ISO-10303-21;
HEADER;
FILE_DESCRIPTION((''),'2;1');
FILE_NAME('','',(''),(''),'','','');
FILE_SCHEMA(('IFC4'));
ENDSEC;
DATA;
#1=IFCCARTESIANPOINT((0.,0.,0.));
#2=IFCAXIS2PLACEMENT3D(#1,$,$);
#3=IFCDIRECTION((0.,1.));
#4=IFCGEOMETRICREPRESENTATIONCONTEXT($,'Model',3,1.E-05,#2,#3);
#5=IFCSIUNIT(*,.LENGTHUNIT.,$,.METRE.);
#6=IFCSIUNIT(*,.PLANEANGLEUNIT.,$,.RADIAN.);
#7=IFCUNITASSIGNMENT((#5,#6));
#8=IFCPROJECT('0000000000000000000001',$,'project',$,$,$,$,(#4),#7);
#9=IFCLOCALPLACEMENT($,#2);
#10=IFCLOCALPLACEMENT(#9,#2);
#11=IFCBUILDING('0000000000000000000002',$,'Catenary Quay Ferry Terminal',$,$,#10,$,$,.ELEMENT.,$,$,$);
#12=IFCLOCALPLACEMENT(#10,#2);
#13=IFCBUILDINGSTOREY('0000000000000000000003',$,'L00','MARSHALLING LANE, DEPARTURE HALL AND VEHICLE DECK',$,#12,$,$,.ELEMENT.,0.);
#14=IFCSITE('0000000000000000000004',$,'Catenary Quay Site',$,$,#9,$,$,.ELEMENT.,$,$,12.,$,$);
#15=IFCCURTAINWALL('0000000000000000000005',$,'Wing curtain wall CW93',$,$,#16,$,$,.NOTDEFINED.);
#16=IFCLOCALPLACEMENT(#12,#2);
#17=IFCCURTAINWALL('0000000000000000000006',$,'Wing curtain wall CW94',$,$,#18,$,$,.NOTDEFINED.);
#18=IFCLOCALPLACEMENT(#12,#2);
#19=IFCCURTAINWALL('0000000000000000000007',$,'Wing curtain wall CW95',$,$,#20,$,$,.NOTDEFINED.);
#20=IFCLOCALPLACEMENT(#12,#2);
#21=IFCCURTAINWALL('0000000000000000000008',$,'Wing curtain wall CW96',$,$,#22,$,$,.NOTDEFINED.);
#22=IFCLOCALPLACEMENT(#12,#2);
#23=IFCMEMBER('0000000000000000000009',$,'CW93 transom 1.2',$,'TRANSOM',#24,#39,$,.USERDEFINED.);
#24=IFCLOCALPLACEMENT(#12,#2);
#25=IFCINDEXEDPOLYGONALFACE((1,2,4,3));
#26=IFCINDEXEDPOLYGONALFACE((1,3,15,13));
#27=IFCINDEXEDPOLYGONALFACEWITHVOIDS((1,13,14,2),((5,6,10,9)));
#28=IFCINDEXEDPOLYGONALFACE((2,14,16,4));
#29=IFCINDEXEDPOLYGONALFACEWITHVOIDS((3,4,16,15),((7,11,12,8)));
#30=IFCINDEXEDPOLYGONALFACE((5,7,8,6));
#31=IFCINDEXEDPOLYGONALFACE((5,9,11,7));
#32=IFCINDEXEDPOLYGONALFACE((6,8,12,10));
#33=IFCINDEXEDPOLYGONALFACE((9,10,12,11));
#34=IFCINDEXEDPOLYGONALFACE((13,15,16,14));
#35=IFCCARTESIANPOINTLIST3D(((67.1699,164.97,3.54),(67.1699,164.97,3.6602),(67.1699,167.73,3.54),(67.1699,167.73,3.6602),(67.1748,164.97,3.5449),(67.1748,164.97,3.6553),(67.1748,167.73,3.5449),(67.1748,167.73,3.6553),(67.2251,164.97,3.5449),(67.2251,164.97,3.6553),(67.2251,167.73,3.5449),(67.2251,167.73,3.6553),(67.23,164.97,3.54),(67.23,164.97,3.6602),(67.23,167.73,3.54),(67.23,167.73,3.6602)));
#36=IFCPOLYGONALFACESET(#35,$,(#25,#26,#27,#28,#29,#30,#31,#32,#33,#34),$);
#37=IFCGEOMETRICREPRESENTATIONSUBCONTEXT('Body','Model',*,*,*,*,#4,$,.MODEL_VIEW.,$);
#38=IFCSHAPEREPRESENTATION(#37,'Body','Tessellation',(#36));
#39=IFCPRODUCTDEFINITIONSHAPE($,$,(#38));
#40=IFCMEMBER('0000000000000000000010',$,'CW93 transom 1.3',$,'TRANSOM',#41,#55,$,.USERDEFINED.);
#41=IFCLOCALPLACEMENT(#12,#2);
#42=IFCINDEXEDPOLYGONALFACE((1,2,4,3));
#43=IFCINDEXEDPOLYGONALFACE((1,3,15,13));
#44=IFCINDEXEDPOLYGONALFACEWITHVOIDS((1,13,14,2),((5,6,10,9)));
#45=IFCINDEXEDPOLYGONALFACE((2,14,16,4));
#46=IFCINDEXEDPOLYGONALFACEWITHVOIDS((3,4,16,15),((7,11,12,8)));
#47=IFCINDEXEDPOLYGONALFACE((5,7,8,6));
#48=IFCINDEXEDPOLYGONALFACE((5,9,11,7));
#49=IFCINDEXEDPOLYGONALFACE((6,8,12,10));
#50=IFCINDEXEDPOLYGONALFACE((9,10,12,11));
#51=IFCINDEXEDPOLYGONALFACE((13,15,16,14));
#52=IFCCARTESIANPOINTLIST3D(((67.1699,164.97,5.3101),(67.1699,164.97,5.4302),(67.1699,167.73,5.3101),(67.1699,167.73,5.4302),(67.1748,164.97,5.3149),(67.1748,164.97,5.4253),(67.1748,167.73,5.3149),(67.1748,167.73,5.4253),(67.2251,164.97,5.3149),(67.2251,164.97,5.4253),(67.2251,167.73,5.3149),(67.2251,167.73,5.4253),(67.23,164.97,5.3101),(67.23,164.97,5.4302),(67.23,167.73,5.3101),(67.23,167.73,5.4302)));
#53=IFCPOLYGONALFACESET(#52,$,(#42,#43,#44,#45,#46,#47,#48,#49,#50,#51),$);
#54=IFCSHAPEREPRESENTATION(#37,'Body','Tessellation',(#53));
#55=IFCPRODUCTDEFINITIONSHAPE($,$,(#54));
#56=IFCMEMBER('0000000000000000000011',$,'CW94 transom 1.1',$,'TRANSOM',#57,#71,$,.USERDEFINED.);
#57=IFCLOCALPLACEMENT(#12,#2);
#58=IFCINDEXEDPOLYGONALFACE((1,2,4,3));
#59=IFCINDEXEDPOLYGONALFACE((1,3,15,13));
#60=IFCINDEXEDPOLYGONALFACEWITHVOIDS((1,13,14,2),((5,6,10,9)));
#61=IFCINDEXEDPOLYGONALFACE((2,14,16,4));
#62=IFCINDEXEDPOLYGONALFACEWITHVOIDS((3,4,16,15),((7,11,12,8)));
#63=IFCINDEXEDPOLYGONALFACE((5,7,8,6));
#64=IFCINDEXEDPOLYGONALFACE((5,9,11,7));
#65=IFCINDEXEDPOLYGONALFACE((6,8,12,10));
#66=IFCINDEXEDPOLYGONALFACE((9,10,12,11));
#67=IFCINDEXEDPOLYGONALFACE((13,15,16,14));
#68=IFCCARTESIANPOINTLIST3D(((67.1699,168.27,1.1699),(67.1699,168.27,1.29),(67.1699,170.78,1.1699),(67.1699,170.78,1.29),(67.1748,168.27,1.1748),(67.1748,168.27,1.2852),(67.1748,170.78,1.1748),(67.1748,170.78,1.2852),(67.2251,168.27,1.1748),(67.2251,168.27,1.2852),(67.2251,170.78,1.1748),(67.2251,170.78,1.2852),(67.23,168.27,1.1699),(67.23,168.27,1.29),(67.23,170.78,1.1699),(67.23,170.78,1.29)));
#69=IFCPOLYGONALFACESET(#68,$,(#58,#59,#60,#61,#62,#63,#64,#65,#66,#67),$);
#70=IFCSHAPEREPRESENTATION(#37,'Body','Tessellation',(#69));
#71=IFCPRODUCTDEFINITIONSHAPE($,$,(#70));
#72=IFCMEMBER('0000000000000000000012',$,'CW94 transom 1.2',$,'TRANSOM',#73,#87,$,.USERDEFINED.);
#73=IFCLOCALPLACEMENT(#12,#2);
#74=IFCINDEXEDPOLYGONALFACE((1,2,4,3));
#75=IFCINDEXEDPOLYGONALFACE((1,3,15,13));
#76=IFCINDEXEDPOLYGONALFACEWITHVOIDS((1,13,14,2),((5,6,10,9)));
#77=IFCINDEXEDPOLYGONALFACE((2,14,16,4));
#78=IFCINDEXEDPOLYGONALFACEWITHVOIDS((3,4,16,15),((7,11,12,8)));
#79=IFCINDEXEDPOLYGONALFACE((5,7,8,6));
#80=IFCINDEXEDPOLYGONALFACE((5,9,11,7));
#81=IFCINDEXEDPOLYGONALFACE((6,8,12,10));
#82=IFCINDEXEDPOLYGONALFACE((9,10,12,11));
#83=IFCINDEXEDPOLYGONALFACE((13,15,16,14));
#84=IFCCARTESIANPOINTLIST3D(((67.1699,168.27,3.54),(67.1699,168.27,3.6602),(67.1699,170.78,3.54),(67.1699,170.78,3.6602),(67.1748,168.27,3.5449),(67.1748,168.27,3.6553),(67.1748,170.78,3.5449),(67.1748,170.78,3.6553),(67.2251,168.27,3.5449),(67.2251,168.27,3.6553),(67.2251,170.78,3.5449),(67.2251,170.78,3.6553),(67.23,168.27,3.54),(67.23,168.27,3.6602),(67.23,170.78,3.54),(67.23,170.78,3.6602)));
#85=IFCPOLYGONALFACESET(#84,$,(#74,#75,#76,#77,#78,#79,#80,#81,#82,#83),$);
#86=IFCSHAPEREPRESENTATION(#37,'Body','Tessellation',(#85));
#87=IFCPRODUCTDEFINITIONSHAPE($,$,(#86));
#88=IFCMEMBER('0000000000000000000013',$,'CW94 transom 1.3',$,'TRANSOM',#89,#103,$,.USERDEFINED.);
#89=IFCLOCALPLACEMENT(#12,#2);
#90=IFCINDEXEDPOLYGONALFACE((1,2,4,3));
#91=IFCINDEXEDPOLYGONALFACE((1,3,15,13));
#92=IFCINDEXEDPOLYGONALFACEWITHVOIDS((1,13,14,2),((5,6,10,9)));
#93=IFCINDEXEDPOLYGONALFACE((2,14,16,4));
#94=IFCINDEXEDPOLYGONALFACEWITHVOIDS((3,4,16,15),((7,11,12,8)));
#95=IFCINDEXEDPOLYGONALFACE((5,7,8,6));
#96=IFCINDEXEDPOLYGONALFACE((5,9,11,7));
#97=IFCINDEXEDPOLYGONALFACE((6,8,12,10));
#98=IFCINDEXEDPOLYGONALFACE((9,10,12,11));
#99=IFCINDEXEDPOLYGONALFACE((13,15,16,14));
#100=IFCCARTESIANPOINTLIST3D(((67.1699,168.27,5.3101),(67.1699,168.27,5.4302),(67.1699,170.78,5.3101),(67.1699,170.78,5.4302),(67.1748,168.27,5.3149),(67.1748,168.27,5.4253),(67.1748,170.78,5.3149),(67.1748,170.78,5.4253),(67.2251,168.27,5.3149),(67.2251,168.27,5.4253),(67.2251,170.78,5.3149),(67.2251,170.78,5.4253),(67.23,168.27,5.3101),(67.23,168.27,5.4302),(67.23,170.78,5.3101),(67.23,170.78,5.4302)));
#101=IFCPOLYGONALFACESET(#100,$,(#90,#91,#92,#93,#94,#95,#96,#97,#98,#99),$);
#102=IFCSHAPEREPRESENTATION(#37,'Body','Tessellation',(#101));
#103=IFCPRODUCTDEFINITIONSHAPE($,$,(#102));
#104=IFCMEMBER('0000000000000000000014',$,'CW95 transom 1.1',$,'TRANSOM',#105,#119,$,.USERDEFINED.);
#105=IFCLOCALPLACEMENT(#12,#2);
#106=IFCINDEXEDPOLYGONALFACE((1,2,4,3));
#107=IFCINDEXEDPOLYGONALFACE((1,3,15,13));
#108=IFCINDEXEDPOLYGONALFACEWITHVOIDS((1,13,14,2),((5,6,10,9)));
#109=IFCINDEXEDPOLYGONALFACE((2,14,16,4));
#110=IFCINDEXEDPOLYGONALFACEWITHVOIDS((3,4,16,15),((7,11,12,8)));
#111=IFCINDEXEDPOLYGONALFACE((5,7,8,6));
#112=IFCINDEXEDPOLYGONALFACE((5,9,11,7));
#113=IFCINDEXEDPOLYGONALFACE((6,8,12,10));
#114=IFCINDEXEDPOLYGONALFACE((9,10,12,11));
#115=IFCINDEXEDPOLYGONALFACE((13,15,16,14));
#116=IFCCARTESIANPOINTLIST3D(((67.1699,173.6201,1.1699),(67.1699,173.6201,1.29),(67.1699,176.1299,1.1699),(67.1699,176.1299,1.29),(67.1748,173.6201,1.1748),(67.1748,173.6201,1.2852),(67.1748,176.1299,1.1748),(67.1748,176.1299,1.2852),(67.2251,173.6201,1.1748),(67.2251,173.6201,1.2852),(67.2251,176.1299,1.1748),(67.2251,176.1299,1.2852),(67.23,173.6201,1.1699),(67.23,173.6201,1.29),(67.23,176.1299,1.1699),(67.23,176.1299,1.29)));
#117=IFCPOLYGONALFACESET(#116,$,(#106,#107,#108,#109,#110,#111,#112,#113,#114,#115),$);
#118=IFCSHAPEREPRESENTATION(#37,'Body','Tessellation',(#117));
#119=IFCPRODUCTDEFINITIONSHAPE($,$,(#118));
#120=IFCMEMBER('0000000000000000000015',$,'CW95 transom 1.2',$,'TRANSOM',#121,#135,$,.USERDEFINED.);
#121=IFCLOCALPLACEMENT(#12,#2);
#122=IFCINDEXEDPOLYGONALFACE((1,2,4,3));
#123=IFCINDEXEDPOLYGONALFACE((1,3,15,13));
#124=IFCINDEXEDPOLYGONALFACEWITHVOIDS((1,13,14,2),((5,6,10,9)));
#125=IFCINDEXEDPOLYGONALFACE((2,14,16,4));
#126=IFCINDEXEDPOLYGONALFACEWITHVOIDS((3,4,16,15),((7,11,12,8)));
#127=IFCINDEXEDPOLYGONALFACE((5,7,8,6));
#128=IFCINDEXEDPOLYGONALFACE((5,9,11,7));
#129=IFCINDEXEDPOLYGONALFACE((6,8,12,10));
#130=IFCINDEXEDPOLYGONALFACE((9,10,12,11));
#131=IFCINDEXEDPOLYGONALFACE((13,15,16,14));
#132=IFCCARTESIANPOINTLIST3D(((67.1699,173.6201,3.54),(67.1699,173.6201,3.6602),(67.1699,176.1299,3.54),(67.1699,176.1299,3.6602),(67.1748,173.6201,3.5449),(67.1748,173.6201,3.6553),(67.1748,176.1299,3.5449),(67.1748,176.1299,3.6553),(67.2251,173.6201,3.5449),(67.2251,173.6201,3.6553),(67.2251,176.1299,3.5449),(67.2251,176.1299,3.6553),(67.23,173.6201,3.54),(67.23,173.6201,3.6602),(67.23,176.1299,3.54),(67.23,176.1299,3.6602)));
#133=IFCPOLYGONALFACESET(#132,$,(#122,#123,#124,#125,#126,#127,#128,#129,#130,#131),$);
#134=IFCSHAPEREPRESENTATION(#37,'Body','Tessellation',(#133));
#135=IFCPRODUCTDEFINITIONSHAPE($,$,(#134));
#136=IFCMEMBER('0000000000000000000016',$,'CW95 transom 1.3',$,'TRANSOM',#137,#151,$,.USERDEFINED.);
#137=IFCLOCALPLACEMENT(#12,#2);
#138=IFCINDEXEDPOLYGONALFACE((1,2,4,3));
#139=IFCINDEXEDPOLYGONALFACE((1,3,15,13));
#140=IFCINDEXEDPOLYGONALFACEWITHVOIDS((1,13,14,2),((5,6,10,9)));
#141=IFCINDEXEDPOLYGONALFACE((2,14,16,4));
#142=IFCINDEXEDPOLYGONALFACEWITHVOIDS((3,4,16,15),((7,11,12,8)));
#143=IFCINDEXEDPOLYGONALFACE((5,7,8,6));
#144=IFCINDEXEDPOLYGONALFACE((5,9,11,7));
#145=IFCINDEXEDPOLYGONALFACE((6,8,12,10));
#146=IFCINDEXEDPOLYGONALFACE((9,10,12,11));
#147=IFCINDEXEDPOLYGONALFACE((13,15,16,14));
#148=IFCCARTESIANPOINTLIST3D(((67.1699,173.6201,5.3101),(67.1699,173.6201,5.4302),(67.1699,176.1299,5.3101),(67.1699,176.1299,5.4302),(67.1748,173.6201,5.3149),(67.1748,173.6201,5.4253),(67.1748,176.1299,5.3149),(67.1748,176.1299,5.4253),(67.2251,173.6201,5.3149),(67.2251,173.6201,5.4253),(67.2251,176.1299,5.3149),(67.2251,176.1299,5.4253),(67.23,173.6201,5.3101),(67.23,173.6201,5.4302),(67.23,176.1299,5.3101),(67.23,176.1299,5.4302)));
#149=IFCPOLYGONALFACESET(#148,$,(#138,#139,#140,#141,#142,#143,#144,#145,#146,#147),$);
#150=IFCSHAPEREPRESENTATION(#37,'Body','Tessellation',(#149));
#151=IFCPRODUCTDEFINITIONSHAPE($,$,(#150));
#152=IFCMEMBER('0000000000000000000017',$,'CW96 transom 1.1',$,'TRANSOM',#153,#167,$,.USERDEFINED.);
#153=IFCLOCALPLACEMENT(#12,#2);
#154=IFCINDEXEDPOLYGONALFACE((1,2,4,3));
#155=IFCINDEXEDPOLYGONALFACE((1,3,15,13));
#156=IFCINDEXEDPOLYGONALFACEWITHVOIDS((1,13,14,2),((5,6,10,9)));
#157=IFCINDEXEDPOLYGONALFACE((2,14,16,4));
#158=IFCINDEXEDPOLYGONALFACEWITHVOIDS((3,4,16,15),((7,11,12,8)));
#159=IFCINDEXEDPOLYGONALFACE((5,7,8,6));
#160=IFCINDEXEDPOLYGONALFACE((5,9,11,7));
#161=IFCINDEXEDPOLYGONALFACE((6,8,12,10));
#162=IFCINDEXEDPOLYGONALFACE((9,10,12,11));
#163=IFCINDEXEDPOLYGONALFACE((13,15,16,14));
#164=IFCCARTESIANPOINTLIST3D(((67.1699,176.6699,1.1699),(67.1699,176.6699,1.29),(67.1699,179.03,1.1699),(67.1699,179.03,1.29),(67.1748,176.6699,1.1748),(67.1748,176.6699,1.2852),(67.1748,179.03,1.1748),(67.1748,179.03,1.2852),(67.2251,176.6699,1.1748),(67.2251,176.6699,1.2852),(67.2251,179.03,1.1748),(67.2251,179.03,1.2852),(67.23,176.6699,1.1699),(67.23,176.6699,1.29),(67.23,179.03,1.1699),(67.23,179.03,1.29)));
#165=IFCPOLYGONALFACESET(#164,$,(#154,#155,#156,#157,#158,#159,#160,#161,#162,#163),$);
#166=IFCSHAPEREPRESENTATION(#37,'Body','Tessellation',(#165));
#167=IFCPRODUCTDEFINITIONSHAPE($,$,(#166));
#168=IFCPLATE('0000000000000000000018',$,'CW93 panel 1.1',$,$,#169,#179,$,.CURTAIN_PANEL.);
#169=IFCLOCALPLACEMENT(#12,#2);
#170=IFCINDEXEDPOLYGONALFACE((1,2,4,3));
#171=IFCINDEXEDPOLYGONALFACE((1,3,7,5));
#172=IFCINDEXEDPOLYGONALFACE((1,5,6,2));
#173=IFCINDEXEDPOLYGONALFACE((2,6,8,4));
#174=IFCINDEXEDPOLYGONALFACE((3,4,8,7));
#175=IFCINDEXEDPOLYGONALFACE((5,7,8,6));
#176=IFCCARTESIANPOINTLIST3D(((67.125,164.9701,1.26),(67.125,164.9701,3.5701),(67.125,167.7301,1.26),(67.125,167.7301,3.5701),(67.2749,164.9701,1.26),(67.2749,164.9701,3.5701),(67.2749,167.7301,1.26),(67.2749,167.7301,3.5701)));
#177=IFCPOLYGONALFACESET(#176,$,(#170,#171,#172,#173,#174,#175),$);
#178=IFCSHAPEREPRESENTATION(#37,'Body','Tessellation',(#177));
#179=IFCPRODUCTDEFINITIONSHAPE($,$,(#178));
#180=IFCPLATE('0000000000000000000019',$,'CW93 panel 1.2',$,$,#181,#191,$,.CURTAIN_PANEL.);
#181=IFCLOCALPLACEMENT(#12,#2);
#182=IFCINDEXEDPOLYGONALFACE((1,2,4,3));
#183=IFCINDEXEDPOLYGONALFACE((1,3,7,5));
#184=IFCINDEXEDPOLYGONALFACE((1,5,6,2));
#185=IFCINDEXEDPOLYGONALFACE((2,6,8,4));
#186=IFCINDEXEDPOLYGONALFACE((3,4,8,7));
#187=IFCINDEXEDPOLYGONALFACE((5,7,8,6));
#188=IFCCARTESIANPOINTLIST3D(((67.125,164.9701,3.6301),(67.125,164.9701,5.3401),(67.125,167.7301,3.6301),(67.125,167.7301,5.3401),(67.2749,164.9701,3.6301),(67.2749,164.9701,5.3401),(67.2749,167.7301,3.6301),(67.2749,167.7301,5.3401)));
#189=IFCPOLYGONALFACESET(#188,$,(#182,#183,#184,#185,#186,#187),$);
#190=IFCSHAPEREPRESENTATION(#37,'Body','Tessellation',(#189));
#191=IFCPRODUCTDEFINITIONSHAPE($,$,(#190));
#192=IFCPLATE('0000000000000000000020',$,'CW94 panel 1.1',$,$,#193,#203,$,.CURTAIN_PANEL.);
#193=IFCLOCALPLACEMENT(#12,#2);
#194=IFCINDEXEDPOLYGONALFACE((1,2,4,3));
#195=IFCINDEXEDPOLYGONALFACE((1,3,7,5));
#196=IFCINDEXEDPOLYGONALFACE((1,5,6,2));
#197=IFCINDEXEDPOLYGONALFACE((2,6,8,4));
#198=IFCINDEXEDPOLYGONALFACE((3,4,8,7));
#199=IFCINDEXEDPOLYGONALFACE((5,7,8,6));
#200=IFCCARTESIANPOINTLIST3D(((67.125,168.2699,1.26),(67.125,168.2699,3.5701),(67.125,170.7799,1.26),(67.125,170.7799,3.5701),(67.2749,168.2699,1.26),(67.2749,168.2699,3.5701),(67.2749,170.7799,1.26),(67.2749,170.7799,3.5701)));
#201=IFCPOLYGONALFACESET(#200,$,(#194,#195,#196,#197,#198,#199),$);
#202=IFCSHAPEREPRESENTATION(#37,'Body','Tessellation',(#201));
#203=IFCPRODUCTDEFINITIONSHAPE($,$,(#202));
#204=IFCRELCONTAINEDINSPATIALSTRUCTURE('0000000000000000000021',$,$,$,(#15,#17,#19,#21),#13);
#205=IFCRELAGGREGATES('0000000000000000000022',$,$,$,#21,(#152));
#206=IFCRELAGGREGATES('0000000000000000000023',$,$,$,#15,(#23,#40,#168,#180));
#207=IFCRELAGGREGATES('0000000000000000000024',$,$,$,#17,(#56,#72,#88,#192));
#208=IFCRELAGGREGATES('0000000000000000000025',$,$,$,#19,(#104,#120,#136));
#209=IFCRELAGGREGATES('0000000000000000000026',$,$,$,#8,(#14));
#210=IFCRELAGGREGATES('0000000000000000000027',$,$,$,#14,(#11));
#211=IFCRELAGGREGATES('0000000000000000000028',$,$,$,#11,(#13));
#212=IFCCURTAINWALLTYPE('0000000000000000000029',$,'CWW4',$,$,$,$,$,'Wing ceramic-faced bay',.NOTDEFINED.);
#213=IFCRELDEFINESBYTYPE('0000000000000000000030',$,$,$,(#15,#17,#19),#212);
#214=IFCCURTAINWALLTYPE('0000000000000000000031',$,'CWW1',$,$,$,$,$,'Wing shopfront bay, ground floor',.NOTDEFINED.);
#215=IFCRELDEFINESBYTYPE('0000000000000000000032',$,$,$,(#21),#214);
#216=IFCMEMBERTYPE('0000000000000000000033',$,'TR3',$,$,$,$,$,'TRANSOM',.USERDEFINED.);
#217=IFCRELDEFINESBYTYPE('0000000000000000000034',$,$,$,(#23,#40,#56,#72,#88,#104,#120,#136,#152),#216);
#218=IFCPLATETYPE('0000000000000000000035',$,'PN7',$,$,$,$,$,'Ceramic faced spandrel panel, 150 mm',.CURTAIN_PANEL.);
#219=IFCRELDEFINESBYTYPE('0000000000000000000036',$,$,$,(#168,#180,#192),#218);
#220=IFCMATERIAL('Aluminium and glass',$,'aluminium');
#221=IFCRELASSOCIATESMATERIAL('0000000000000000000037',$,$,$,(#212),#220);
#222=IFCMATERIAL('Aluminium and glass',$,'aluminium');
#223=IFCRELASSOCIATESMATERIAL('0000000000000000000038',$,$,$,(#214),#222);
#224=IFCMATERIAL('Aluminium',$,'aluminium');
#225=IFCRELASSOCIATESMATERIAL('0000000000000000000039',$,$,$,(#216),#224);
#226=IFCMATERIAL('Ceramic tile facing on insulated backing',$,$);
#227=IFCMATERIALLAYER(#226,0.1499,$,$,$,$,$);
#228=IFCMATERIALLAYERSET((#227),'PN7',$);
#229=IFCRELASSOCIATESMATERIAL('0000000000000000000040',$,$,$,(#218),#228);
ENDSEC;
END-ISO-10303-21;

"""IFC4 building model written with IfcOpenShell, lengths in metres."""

from ifc_helpers import new_model, si_unit, direction, frame, origin, origin_2d, place, context, subcontext, project, spatial, rectangle, hollow_rectangle, extrude, material, layer, layer_set, material_profile, profile_set, type_object, element, aggregate, save


model = new_model("IFC4")

# Units and contexts
model_context = context("Model", 3, precision=1e-05, world=origin(), true_north=direction((0.0, 1.0)))
body_context = subcontext(model_context, "Body", "Model", "MODEL_VIEW")
ifc_project = project(units=[si_unit("LENGTHUNIT", "METRE"), si_unit("PLANEANGLEUNIT", "RADIAN")], contexts=[model_context])

# Site, building, storey
site_placement = place(None, origin())
site = spatial("IfcSite", under=ifc_project, at=site_placement, Name="Catenary Quay Site", CompositionType="ELEMENT", RefElevation=12.0)
building_placement = place(site_placement, origin())
building = spatial("IfcBuilding", under=site, at=building_placement, Name="Catenary Quay Ferry Terminal", CompositionType="ELEMENT")
storey_placement = place(building_placement, origin())
storey = spatial("IfcBuildingStorey", under=building, at=storey_placement, Name="L00", Description="MARSHALLING LANE, DEPARTURE HALL AND VEHICLE DECK", CompositionType="ELEMENT", Elevation=0.0)

# Curtain wall
ifc_material_1 = material(Name="Aluminium and glass", Category="aluminium")
curtain_wall_type_1 = type_object("IfcCurtainWallType", Name="CWW4", ElementType="Wing ceramic-faced bay", PredefinedType="NOTDEFINED", material=ifc_material_1)
curtain_wall_1_placement = place(storey_placement, origin())
curtain_wall_1 = element("IfcCurtainWall", 1, at=curtain_wall_1_placement, inside=storey, type_object=curtain_wall_type_1, Name="Wing curtain wall CW93", PredefinedType="NOTDEFINED")

# Curtain walls
curtain_wall_2_placement = place(storey_placement, origin())
curtain_wall_2 = element("IfcCurtainWall", 2, at=curtain_wall_2_placement, inside=storey, type_object=curtain_wall_type_1, Name="Wing curtain wall CW94", PredefinedType="NOTDEFINED")
curtain_wall_3_placement = place(storey_placement, origin())
curtain_wall_3 = element("IfcCurtainWall", 3, at=curtain_wall_3_placement, inside=storey, type_object=curtain_wall_type_1, Name="Wing curtain wall CW95", PredefinedType="NOTDEFINED")

# Curtain wall
ifc_material_2 = material(Name="Aluminium and glass", Category="aluminium")
curtain_wall_type_2 = type_object("IfcCurtainWallType", Name="CWW1", ElementType="Wing shopfront bay, ground floor", PredefinedType="NOTDEFINED", material=ifc_material_2)
curtain_wall_4_placement = place(storey_placement, origin())
curtain_wall_4 = element("IfcCurtainWall", 4, at=curtain_wall_4_placement, inside=storey, type_object=curtain_wall_type_2, Name="Wing curtain wall CW96", PredefinedType="NOTDEFINED")

# Members
ifc_material_3 = material(Name="Aluminium", Category="aluminium")
ifc_material_profile_1 = material_profile(ifc_material_3, hollow_rectangle(XDim=0.0601, YDim=0.1201, WallThickness=0.0049, at=origin_2d()), Name="TR3")
ifc_profile_set_1 = profile_set([ifc_material_profile_1], Name="Aluminium")
member_type_1 = type_object("IfcMemberType", Name="TR3", ElementType="TRANSOM", PredefinedType="USERDEFINED", material=ifc_profile_set_1)
member_1_placement = place(storey_placement, frame((67.2, 164.97, 3.6001), z_axis=(0.0, 1.0, 0.0), x_axis=(-1.0, 0.0, 0.0)))
member_1 = element("IfcMember", 5, at=member_1_placement, type_object=member_type_1, Name="CW93 transom 1.2", ObjectType="TRANSOM", PredefinedType="USERDEFINED", context=body_context, shape_type="SweptSolid", body=[
    extrude(hollow_rectangle(XDim=0.0601, YDim=0.1201, WallThickness=0.0049, at=origin_2d()), origin(), (0.0, 0.0, 1.0), 2.76),
])
member_2_placement = place(storey_placement, frame((67.2, 164.97, 5.3701), z_axis=(0.0, 1.0, 0.0), x_axis=(-1.0, 0.0, 0.0)))
member_2 = element("IfcMember", 6, at=member_2_placement, type_object=member_type_1, Name="CW93 transom 1.3", ObjectType="TRANSOM", PredefinedType="USERDEFINED", context=body_context, shape_type="SweptSolid", body=[
    extrude(hollow_rectangle(XDim=0.0601, YDim=0.1201, WallThickness=0.0049, at=origin_2d()), origin(), (0.0, 0.0, 1.0), 2.76),
])
member_3_placement = place(storey_placement, frame((67.2, 168.27, 1.23), z_axis=(0.0, 1.0, 0.0), x_axis=(-1.0, 0.0, 0.0)))
member_3 = element("IfcMember", 7, at=member_3_placement, type_object=member_type_1, Name="CW94 transom 1.1", ObjectType="TRANSOM", PredefinedType="USERDEFINED", context=body_context, shape_type="SweptSolid", body=[
    extrude(hollow_rectangle(XDim=0.0601, YDim=0.1201, WallThickness=0.0049, at=origin_2d()), origin(), (0.0, 0.0, 1.0), 2.51),
])
member_4_placement = place(storey_placement, frame((67.2, 168.27, 3.6001), z_axis=(0.0, 1.0, 0.0), x_axis=(-1.0, 0.0, 0.0)))
member_4 = element("IfcMember", 8, at=member_4_placement, type_object=member_type_1, Name="CW94 transom 1.2", ObjectType="TRANSOM", PredefinedType="USERDEFINED", context=body_context, shape_type="SweptSolid", body=[
    extrude(hollow_rectangle(XDim=0.0601, YDim=0.1201, WallThickness=0.0049, at=origin_2d()), origin(), (0.0, 0.0, 1.0), 2.51),
])
member_5_placement = place(storey_placement, frame((67.2, 168.27, 5.3701), z_axis=(0.0, 1.0, 0.0), x_axis=(-1.0, 0.0, 0.0)))
member_5 = element("IfcMember", 9, at=member_5_placement, type_object=member_type_1, Name="CW94 transom 1.3", ObjectType="TRANSOM", PredefinedType="USERDEFINED", context=body_context, shape_type="SweptSolid", body=[
    extrude(hollow_rectangle(XDim=0.0601, YDim=0.1201, WallThickness=0.0049, at=origin_2d()), origin(), (0.0, 0.0, 1.0), 2.51),
])
member_6_placement = place(storey_placement, frame((67.2, 173.6201, 1.23), z_axis=(0.0, 1.0, 0.0), x_axis=(-1.0, 0.0, 0.0)))
member_6 = element("IfcMember", 10, at=member_6_placement, type_object=member_type_1, Name="CW95 transom 1.1", ObjectType="TRANSOM", PredefinedType="USERDEFINED", context=body_context, shape_type="SweptSolid", body=[
    extrude(hollow_rectangle(XDim=0.0601, YDim=0.1201, WallThickness=0.0049, at=origin_2d()), origin(), (0.0, 0.0, 1.0), 2.5098),
])
member_7_placement = place(storey_placement, frame((67.2, 173.6201, 3.6001), z_axis=(0.0, 1.0, 0.0), x_axis=(-1.0, 0.0, 0.0)))
member_7 = element("IfcMember", 11, at=member_7_placement, type_object=member_type_1, Name="CW95 transom 1.2", ObjectType="TRANSOM", PredefinedType="USERDEFINED", context=body_context, shape_type="SweptSolid", body=[
    extrude(hollow_rectangle(XDim=0.0601, YDim=0.1201, WallThickness=0.0049, at=origin_2d()), origin(), (0.0, 0.0, 1.0), 2.5098),
])
member_8_placement = place(storey_placement, frame((67.2, 173.6201, 5.3701), z_axis=(0.0, 1.0, 0.0), x_axis=(-1.0, 0.0, 0.0)))
member_8 = element("IfcMember", 12, at=member_8_placement, type_object=member_type_1, Name="CW95 transom 1.3", ObjectType="TRANSOM", PredefinedType="USERDEFINED", context=body_context, shape_type="SweptSolid", body=[
    extrude(hollow_rectangle(XDim=0.0601, YDim=0.1201, WallThickness=0.0049, at=origin_2d()), origin(), (0.0, 0.0, 1.0), 2.5098),
])
member_9_placement = place(storey_placement, frame((67.2, 176.6699, 1.23), z_axis=(0.0, 1.0, 0.0), x_axis=(-1.0, 0.0, 0.0)))
member_9 = element("IfcMember", 13, at=member_9_placement, type_object=member_type_1, Name="CW96 transom 1.1", ObjectType="TRANSOM", PredefinedType="USERDEFINED", context=body_context, shape_type="SweptSolid", body=[
    extrude(hollow_rectangle(XDim=0.0601, YDim=0.1201, WallThickness=0.0049, at=origin_2d()), origin(), (0.0, 0.0, 1.0), 2.3601),
])
aggregate(curtain_wall_4, [member_9])

# Plates
ifc_material_4 = material(Name="Ceramic tile facing on insulated backing")
ifc_layer_1 = layer(ifc_material_4, 0.1499)
ifc_layer_set_1 = layer_set([ifc_layer_1], Name="PN7")
plate_type = type_object("IfcPlateType", Name="PN7", ElementType="Ceramic faced spandrel panel, 150 mm", PredefinedType="CURTAIN_PANEL", material=ifc_layer_set_1)
plate_1_placement = place(storey_placement, frame((67.2, 166.3501, 1.26), z_axis=(0.0, 0.0, 1.0), x_axis=(0.0, 1.0, 0.0)))
plate_1 = element("IfcPlate", 14, at=plate_1_placement, type_object=plate_type, Name="CW93 panel 1.1", PredefinedType="CURTAIN_PANEL", context=body_context, shape_type="SweptSolid", body=[
    extrude(rectangle(XDim=2.76, YDim=0.1499, at=origin_2d()), origin(), (0.0, 0.0, 1.0), 2.3101),
])
plate_2_placement = place(storey_placement, frame((67.2, 166.3501, 3.6301), z_axis=(0.0, 0.0, 1.0), x_axis=(0.0, 1.0, 0.0)))
plate_2 = element("IfcPlate", 15, at=plate_2_placement, type_object=plate_type, Name="CW93 panel 1.2", PredefinedType="CURTAIN_PANEL", context=body_context, shape_type="SweptSolid", body=[
    extrude(rectangle(XDim=2.76, YDim=0.1499, at=origin_2d()), origin(), (0.0, 0.0, 1.0), 1.71),
])
aggregate(curtain_wall_1, [member_1, member_2, plate_1, plate_2])
plate_3_placement = place(storey_placement, frame((67.2, 169.5249, 1.26), z_axis=(0.0, 0.0, 1.0), x_axis=(0.0, 1.0, 0.0)))
plate_3 = element("IfcPlate", 16, at=plate_3_placement, type_object=plate_type, Name="CW94 panel 1.1", PredefinedType="CURTAIN_PANEL", context=body_context, shape_type="SweptSolid", body=[
    extrude(rectangle(XDim=2.51, YDim=0.1499, at=origin_2d()), origin(), (0.0, 0.0, 1.0), 2.3101),
])
aggregate(curtain_wall_2, [member_3, member_4, member_5, plate_3])
aggregate(curtain_wall_3, [member_6, member_7, member_8])

save(model, "model.ifc")
